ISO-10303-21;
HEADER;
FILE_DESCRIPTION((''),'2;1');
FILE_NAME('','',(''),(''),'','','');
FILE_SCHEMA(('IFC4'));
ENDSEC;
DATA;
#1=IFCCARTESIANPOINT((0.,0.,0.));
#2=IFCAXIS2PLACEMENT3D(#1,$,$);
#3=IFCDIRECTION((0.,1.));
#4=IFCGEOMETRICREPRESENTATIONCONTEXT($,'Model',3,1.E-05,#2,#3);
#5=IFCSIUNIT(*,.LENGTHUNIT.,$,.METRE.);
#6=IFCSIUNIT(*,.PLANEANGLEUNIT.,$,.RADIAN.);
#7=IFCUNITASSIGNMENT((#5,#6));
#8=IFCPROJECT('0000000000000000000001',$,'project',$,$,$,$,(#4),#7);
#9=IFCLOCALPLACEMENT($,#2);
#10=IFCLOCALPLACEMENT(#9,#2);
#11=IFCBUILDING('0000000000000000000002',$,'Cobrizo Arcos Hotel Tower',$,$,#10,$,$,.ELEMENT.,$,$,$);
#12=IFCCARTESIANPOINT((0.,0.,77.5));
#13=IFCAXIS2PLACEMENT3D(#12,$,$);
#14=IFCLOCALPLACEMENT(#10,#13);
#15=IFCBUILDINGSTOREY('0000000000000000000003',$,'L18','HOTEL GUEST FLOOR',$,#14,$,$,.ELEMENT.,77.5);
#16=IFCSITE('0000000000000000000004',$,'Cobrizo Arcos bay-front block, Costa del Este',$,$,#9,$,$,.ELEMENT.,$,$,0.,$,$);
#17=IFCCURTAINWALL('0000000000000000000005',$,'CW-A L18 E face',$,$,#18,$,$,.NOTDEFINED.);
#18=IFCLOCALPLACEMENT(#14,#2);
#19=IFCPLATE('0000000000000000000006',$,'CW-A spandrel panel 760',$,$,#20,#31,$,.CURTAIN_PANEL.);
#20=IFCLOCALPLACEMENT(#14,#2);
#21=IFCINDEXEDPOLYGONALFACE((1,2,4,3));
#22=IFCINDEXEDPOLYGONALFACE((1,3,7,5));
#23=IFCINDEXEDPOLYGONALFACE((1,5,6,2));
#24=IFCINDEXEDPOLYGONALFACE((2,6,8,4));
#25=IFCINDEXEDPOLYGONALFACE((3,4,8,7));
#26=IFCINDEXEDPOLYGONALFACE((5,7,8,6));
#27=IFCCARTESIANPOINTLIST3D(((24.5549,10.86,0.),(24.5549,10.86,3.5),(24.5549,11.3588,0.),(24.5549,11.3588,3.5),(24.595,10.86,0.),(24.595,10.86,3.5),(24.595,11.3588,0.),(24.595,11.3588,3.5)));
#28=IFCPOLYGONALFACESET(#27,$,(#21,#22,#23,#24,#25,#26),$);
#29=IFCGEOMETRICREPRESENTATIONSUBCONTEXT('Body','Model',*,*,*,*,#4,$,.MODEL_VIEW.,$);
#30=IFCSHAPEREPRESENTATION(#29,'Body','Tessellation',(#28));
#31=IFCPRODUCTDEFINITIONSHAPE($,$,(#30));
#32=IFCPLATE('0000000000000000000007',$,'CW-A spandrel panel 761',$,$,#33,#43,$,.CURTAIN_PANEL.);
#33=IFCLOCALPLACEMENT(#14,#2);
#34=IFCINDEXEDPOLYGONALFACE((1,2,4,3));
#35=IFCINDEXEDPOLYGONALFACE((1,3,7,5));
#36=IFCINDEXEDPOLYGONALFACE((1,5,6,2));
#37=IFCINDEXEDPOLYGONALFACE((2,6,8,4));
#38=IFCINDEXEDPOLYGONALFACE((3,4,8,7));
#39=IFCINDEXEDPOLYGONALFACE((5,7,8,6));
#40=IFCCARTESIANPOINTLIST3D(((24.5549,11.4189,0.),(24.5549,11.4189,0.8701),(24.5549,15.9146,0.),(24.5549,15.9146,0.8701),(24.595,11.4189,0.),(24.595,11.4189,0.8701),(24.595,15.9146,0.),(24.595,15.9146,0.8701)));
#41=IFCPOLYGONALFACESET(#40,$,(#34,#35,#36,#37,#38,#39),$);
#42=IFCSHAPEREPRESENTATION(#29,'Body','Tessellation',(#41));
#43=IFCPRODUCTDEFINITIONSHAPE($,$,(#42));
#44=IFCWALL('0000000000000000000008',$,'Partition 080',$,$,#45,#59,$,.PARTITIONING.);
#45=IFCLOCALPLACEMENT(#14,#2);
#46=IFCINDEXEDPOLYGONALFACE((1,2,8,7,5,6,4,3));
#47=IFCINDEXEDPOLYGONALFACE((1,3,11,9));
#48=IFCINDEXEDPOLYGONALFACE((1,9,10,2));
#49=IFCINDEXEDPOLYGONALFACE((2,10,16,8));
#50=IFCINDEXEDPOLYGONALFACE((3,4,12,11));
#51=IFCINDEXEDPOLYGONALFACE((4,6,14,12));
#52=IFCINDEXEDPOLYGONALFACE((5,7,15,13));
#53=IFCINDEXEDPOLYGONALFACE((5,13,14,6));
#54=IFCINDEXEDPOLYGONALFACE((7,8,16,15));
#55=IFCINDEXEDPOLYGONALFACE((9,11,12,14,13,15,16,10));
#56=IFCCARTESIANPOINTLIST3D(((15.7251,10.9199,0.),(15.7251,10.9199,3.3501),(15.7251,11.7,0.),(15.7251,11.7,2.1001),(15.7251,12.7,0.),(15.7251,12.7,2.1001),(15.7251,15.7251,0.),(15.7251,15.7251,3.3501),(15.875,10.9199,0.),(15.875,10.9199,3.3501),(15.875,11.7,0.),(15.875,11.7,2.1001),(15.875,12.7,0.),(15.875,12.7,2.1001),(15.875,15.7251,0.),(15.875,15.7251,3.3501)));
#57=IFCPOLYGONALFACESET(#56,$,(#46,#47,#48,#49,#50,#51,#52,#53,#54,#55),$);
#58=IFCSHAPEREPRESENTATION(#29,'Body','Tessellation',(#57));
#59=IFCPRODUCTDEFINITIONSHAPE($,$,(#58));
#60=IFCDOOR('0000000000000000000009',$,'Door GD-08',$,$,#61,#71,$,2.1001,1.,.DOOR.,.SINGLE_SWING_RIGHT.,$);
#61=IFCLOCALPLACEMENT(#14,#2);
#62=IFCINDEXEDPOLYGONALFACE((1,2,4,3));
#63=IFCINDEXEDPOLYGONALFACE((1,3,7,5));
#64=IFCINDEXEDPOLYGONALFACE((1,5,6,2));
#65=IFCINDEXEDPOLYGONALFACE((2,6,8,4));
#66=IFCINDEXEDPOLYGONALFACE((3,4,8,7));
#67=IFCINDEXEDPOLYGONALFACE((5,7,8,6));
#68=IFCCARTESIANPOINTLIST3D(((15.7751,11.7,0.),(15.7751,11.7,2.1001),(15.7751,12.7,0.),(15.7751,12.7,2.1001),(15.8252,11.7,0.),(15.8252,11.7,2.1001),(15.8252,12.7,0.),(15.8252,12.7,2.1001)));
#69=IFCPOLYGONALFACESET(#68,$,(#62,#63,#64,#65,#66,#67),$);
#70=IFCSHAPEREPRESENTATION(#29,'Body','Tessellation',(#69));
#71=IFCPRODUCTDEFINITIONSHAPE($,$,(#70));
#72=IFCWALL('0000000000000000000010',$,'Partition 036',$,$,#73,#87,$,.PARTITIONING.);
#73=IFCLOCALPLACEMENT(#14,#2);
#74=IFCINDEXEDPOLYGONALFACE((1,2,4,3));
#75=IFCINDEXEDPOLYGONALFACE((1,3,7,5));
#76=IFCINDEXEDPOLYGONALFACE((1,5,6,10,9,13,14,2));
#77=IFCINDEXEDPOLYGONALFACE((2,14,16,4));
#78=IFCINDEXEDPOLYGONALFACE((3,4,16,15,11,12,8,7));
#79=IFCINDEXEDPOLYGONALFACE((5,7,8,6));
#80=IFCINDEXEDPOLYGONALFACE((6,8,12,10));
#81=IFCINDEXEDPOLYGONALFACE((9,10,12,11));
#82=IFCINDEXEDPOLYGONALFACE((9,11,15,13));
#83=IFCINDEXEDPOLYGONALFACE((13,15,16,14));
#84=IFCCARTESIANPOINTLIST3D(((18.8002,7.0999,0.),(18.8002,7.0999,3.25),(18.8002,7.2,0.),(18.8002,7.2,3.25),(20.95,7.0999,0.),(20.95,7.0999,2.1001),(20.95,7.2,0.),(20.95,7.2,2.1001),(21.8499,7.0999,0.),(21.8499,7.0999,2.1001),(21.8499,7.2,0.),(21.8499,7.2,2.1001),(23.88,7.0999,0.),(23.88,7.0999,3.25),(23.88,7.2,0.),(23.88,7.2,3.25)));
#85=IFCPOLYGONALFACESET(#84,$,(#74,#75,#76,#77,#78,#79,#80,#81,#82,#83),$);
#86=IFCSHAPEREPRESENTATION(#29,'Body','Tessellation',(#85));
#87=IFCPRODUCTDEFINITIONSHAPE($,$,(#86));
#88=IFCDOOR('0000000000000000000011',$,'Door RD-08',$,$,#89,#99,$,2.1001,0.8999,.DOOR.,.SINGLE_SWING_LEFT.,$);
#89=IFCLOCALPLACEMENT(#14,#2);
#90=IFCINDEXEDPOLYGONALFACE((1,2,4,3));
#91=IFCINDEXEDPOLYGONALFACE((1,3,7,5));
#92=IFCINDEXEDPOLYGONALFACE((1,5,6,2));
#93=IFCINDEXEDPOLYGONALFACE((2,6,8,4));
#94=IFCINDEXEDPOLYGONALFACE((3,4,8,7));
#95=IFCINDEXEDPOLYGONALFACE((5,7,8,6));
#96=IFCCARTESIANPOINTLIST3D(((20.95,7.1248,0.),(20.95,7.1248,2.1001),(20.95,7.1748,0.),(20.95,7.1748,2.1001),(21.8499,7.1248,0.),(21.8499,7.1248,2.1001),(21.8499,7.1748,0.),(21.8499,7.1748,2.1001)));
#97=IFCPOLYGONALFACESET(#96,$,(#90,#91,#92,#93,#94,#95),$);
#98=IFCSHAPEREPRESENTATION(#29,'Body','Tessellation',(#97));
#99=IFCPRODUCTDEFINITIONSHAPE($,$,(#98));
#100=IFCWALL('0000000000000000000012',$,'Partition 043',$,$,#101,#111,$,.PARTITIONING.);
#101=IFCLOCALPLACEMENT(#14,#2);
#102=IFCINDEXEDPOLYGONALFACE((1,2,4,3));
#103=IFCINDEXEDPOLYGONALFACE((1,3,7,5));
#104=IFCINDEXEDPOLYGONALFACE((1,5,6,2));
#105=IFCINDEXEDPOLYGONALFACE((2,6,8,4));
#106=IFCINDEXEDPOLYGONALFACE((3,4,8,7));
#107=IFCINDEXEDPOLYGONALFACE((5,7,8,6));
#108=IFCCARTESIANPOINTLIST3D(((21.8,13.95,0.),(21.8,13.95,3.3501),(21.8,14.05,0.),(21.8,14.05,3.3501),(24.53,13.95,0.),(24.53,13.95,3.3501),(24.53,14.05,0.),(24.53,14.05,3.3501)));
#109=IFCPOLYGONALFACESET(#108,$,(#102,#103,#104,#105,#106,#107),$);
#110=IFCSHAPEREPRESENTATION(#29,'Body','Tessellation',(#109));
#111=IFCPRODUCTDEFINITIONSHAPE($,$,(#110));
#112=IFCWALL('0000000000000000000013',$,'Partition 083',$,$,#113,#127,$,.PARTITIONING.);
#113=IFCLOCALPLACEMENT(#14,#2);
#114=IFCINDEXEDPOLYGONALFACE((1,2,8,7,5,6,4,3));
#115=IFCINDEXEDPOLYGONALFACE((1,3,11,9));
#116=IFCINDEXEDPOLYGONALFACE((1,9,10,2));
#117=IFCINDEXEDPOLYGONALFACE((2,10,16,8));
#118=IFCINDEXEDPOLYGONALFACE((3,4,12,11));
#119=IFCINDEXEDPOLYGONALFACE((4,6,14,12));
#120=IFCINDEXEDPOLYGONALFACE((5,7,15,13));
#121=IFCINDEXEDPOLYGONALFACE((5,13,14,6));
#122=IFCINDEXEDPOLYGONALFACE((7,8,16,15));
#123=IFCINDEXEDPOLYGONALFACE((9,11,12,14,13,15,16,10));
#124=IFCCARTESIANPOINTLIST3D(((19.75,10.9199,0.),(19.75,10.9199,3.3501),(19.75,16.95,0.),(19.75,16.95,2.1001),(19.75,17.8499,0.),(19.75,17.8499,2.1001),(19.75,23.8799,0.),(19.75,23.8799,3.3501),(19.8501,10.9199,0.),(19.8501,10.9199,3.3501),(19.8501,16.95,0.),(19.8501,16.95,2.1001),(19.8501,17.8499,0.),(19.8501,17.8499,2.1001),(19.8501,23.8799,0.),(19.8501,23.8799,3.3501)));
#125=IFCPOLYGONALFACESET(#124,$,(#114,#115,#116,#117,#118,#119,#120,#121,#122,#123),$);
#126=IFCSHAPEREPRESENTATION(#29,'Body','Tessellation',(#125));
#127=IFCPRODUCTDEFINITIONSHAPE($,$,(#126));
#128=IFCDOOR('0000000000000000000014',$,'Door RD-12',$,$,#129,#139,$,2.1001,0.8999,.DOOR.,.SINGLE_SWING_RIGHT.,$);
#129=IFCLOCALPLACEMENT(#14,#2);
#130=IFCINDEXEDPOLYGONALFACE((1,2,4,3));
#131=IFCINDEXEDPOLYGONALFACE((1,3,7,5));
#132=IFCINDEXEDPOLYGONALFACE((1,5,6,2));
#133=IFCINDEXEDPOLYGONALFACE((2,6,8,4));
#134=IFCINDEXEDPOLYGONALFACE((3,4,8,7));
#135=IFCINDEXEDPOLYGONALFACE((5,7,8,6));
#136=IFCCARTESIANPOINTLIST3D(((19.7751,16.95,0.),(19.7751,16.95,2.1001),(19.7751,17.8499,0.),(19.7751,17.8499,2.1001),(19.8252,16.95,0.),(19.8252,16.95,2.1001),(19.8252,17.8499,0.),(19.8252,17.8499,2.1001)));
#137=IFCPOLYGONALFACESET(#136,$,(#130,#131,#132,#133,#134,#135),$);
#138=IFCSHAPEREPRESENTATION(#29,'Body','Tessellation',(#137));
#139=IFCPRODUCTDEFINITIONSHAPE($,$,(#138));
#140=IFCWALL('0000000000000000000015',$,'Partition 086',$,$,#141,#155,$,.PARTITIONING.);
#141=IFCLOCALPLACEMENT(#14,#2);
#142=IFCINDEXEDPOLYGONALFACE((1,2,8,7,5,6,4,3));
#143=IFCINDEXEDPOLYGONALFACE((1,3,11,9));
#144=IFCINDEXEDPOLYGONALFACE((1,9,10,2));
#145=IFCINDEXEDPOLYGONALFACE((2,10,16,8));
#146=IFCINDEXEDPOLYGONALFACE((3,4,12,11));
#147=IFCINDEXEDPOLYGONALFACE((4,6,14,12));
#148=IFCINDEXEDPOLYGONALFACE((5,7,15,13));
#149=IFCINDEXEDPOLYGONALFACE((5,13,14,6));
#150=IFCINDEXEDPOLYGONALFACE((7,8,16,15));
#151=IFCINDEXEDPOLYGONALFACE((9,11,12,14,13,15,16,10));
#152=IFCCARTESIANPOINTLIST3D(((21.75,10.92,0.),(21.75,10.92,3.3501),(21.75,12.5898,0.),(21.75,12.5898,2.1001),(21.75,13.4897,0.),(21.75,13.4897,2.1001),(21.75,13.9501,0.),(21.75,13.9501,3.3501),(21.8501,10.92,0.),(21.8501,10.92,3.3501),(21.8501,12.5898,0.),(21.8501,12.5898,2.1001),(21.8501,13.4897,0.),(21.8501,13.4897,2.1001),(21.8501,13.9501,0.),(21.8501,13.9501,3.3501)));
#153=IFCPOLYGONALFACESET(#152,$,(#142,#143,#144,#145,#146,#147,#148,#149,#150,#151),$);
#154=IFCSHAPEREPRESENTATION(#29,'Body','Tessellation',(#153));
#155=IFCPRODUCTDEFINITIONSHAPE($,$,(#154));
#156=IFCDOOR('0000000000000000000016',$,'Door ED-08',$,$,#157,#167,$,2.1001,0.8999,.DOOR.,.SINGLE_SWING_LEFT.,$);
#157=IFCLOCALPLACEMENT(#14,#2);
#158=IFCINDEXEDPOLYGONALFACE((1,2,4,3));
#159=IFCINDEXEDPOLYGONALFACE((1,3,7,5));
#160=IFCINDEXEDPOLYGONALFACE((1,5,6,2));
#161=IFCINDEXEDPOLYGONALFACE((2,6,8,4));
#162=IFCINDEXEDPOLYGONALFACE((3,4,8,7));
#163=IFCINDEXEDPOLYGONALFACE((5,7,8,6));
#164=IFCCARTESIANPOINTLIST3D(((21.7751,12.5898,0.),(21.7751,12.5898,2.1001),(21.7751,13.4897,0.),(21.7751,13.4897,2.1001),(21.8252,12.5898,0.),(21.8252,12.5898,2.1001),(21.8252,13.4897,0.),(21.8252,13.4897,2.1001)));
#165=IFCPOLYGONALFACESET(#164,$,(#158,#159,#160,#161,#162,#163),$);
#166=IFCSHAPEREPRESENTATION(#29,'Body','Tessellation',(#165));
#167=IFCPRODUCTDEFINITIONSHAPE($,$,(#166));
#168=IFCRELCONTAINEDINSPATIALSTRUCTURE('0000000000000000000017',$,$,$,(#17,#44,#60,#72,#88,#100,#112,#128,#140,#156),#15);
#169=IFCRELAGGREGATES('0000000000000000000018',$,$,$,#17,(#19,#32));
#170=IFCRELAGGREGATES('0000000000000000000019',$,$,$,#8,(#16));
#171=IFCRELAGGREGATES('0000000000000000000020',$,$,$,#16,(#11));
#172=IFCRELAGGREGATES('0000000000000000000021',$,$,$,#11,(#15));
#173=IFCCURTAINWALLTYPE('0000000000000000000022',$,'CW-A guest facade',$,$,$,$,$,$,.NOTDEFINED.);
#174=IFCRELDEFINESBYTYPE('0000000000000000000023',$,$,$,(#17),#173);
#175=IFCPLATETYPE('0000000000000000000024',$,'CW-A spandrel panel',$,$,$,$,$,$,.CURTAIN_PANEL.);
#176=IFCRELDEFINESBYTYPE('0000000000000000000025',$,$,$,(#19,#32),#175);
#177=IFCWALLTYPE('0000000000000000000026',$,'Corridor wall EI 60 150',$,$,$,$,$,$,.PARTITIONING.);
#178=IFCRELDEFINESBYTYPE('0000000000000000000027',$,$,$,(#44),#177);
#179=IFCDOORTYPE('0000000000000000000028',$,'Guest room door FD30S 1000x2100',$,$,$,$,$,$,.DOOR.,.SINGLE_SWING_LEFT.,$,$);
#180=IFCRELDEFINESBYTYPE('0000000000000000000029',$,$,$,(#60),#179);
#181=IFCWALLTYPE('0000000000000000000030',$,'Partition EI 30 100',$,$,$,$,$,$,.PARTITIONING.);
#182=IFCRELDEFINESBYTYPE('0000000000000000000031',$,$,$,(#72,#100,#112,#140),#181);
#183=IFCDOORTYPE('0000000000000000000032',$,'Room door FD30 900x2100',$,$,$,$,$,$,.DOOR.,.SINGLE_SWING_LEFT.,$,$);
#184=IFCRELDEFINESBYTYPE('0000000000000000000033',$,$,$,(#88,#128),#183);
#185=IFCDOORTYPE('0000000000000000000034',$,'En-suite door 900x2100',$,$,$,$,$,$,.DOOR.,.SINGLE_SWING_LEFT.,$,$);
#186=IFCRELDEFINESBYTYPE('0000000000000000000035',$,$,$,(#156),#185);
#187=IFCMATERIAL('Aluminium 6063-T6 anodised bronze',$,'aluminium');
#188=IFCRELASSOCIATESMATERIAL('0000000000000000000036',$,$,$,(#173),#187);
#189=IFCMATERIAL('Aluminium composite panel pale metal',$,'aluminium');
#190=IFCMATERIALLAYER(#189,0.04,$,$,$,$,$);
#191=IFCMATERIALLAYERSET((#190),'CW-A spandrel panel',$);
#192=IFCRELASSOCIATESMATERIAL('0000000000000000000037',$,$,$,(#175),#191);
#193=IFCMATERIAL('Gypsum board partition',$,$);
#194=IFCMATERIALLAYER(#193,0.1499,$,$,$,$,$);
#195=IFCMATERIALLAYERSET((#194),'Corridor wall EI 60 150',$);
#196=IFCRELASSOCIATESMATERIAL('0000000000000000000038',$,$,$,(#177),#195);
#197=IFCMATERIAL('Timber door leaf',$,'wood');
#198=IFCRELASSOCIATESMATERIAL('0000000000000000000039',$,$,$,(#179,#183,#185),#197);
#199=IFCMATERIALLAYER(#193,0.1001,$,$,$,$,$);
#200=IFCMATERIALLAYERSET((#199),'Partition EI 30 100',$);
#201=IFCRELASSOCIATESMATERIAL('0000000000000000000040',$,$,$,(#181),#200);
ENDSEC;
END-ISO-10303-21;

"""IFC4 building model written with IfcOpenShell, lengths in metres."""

from ifc_helpers import new_model, si_unit, direction, frame, frame_2d, origin, origin_2d, place, context, subcontext, project, spatial, rectangle, extrude, material, layer, layer_set, type_object, element, fill, aggregate, save


model = new_model("IFC4")

# Units and contexts
model_context = context("Model", 3, precision=1e-05, world=origin(), true_north=direction((0.0, 1.0)))
body_context = subcontext(model_context, "Body", "Model", "MODEL_VIEW")
ifc_project = project(units=[si_unit("LENGTHUNIT", "METRE"), si_unit("PLANEANGLEUNIT", "RADIAN")], contexts=[model_context])

# Site, building, storey
site_placement = place(None, origin())
site = spatial("IfcSite", under=ifc_project, at=site_placement, Name="Cobrizo Arcos bay-front block, Costa del Este", CompositionType="ELEMENT", RefElevation=0.0)
building_placement = place(site_placement, origin())
building = spatial("IfcBuilding", under=site, at=building_placement, Name="Cobrizo Arcos Hotel Tower", CompositionType="ELEMENT")
storey_placement = place(building_placement, frame((0.0, 0.0, 77.5)))
storey = spatial("IfcBuildingStorey", under=building, at=storey_placement, Name="L18", Description="HOTEL GUEST FLOOR", CompositionType="ELEMENT", Elevation=77.5)

# Curtain wall
ifc_material_1 = material(Name="Aluminium 6063-T6 anodised bronze", Category="aluminium")
curtain_wall_type = type_object("IfcCurtainWallType", Name="CW-A guest facade", PredefinedType="NOTDEFINED", material=ifc_material_1)
curtain_wall_placement = place(storey_placement, origin())
curtain_wall = element("IfcCurtainWall", 1, at=curtain_wall_placement, inside=storey, type_object=curtain_wall_type, Name="CW-A L18 E face", PredefinedType="NOTDEFINED")

# Plates
ifc_material_2 = material(Name="Aluminium composite panel pale metal", Category="aluminium")
ifc_layer_1 = layer(ifc_material_2, 0.04)
ifc_layer_set_1 = layer_set([ifc_layer_1], Name="CW-A spandrel panel")
plate_type_1 = type_object("IfcPlateType", Name="CW-A spandrel panel", PredefinedType="CURTAIN_PANEL", material=ifc_layer_set_1)
plate_1_placement = place(storey_placement, frame((24.575, 11.1094, 0.0), z_axis=(0.0, 0.0, 1.0), x_axis=(0.0, 1.0, 0.0)))
plate_1 = element("IfcPlate", 2, at=plate_1_placement, type_object=plate_type_1, Name="CW-A spandrel panel 760", PredefinedType="CURTAIN_PANEL", context=body_context, shape_type="SweptSolid", body=[
    extrude(rectangle(XDim=0.4988, YDim=0.04, at=origin_2d()), origin(), (0.0, 0.0, 1.0), 3.5),
])
plate_2_placement = place(storey_placement, frame((24.575, 13.6667, 0.0), z_axis=(0.0, 0.0, 1.0), x_axis=(0.0, 1.0, 0.0)))
plate_2 = element("IfcPlate", 3, at=plate_2_placement, type_object=plate_type_1, Name="CW-A spandrel panel 761", PredefinedType="CURTAIN_PANEL", context=body_context, shape_type="SweptSolid", body=[
    extrude(rectangle(XDim=4.4956, YDim=0.04, at=origin_2d()), origin(), (0.0, 0.0, 1.0), 0.8701),
])
aggregate(curtain_wall, [plate_1, plate_2])

# Walls, openings, doors
ifc_material_3 = material(Name="Gypsum board partition")
ifc_layer_2 = layer(ifc_material_3, 0.1499)
ifc_layer_set_2 = layer_set([ifc_layer_2], Name="Corridor wall EI 60 150")
wall_type_1 = type_object("IfcWallType", Name="Corridor wall EI 60 150", PredefinedType="PARTITIONING", material=ifc_layer_set_2)
wall_1_placement = place(storey_placement, frame((15.8, 10.9199, 0.0), z_axis=(0.0, 0.0, 1.0), x_axis=(0.0, 1.0, 0.0)))
wall_1 = element("IfcWall", 4, at=wall_1_placement, inside=storey, type_object=wall_type_1, Name="Partition 080", PredefinedType="PARTITIONING", context=body_context, shape_type="SweptSolid", body=[
    extrude(rectangle(XDim=4.8052, YDim=0.1499, at=frame_2d((2.4026, 0.0))), origin(), (0.0, 0.0, 1.0), 3.3501),
])
opening_1_placement = place(wall_1_placement, frame((0.78, 0.0, 0.0)))
opening_1 = element("IfcOpeningElement", 5, at=opening_1_placement, cuts=wall_1, PredefinedType="OPENING", context=body_context, shape_type="SweptSolid", body=[
    extrude(rectangle(XDim=1.0, YDim=2.1001, at=frame_2d((0.5, 1.05))), frame((0.0, 0.0869, 0.0), z_axis=(0.0, -1.0, 0.0), x_axis=(1.0, 0.0, 0.0)), (0.0, 0.0, 1.0), 0.1738),
])
ifc_material_4 = material(Name="Timber door leaf", Category="wood")
door_type_1 = type_object("IfcDoorType", Name="Guest room door FD30S 1000x2100", OperationType="SINGLE_SWING_LEFT", PredefinedType="DOOR", material=ifc_material_4)
door_1_placement = place(opening_1_placement, origin())
door_1 = element("IfcDoor", 6, at=door_1_placement, inside=storey, type_object=door_type_1, Name="Door GD-08", OperationType="SINGLE_SWING_RIGHT", OverallHeight=2.1001, OverallWidth=1.0, PredefinedType="DOOR", context=body_context, shape_type="SweptSolid", body=[
    extrude(rectangle(XDim=1.0, YDim=2.1001, at=frame_2d((0.5, 1.05))), frame((0.0, 0.0249, 0.0), z_axis=(0.0, -1.0, 0.0), x_axis=(1.0, 0.0, 0.0)), (0.0, 0.0, 1.0), 0.05),
])
fill(opening_1, door_1)
ifc_layer_3 = layer(ifc_material_3, 0.1001)
ifc_layer_set_3 = layer_set([ifc_layer_3], Name="Partition EI 30 100")
wall_type_2 = type_object("IfcWallType", Name="Partition EI 30 100", PredefinedType="PARTITIONING", material=ifc_layer_set_3)
wall_2_placement = place(storey_placement, frame((18.8, 7.1499, 0.0), z_axis=(0.0, 0.0, 1.0), x_axis=(1.0, 0.0, 0.0)))
wall_2 = element("IfcWall", 7, at=wall_2_placement, inside=storey, type_object=wall_type_2, Name="Partition 036", PredefinedType="PARTITIONING", context=body_context, shape_type="SweptSolid", body=[
    extrude(rectangle(XDim=5.0798, YDim=0.1001, at=frame_2d((2.54, 0.0))), origin(), (0.0, 0.0, 1.0), 3.25),
])
opening_2_placement = place(wall_2_placement, frame((2.1499, 0.0, 0.0)))
opening_2 = element("IfcOpeningElement", 8, at=opening_2_placement, cuts=wall_2, PredefinedType="OPENING", context=body_context, shape_type="SweptSolid", body=[
    extrude(rectangle(XDim=0.8999, YDim=2.1001, at=frame_2d((0.45, 1.05))), frame((0.0, 0.062, 0.0), z_axis=(0.0, -1.0, 0.0), x_axis=(1.0, 0.0, 0.0)), (0.0, 0.0, 1.0), 0.124),
])
door_type_2 = type_object("IfcDoorType", Name="Room door FD30 900x2100", OperationType="SINGLE_SWING_LEFT", PredefinedType="DOOR", material=ifc_material_4)
door_2_placement = place(opening_2_placement, origin())
door_2 = element("IfcDoor", 9, at=door_2_placement, inside=storey, type_object=door_type_2, Name="Door RD-08", OperationType="SINGLE_SWING_LEFT", OverallHeight=2.1001, OverallWidth=0.8999, PredefinedType="DOOR", context=body_context, shape_type="SweptSolid", body=[
    extrude(rectangle(XDim=0.8999, YDim=2.1001, at=frame_2d((0.45, 1.05))), frame((0.0, 0.0249, 0.0), z_axis=(0.0, -1.0, 0.0), x_axis=(1.0, 0.0, 0.0)), (0.0, 0.0, 1.0), 0.05),
])
fill(opening_2, door_2)

# Wall
wall_3_placement = place(storey_placement, frame((21.8, 14.0, 0.0), z_axis=(0.0, 0.0, 1.0), x_axis=(1.0, 0.0, 0.0)))
element("IfcWall", 10, at=wall_3_placement, inside=storey, type_object=wall_type_2, Name="Partition 043", PredefinedType="PARTITIONING", context=body_context, shape_type="SweptSolid", body=[
    extrude(rectangle(XDim=2.73, YDim=0.1001, at=frame_2d((1.365, 0.0))), origin(), (0.0, 0.0, 1.0), 3.3501),
])

# Walls, openings, doors
wall_4_placement = place(storey_placement, frame((19.8, 10.9199, 0.0), z_axis=(0.0, 0.0, 1.0), x_axis=(0.0, 1.0, 0.0)))
wall_4 = element("IfcWall", 11, at=wall_4_placement, inside=storey, type_object=wall_type_2, Name="Partition 083", PredefinedType="PARTITIONING", context=body_context, shape_type="SweptSolid", body=[
    extrude(rectangle(XDim=12.96, YDim=0.1001, at=frame_2d((6.48, 0.0))), origin(), (0.0, 0.0, 1.0), 3.3501),
])
opening_3_placement = place(wall_4_placement, frame((6.03, 0.0, 0.0)))
opening_3 = element("IfcOpeningElement", 12, at=opening_3_placement, cuts=wall_4, PredefinedType="OPENING", context=body_context, shape_type="SweptSolid", body=[
    extrude(rectangle(XDim=0.8999, YDim=2.1001, at=frame_2d((0.45, 1.05))), frame((0.0, 0.062, 0.0), z_axis=(0.0, -1.0, 0.0), x_axis=(1.0, 0.0, 0.0)), (0.0, 0.0, 1.0), 0.124),
])
door_3_placement = place(opening_3_placement, origin())
door_3 = element("IfcDoor", 13, at=door_3_placement, inside=storey, type_object=door_type_2, Name="Door RD-12", OperationType="SINGLE_SWING_RIGHT", OverallHeight=2.1001, OverallWidth=0.8999, PredefinedType="DOOR", context=body_context, shape_type="SweptSolid", body=[
    extrude(rectangle(XDim=0.8999, YDim=2.1001, at=frame_2d((0.45, 1.05))), frame((0.0, 0.0249, 0.0), z_axis=(0.0, -1.0, 0.0), x_axis=(1.0, 0.0, 0.0)), (0.0, 0.0, 1.0), 0.05),
])
fill(opening_3, door_3)
wall_5_placement = place(storey_placement, frame((21.8, 10.9199, 0.0), z_axis=(0.0, 0.0, 1.0), x_axis=(0.0, 1.0, 0.0)))
wall_5 = element("IfcWall", 14, at=wall_5_placement, inside=storey, type_object=wall_type_2, Name="Partition 086", PredefinedType="PARTITIONING", context=body_context, shape_type="SweptSolid", body=[
    extrude(rectangle(XDim=3.03, YDim=0.1001, at=frame_2d((1.5151, 0.0))), origin(), (0.0, 0.0, 1.0), 3.3501),
])
opening_4_placement = place(wall_5_placement, frame((1.6699, 0.0, 0.0)))
opening_4 = element("IfcOpeningElement", 15, at=opening_4_placement, cuts=wall_5, PredefinedType="OPENING", context=body_context, shape_type="SweptSolid", body=[
    extrude(rectangle(XDim=0.8999, YDim=2.1001, at=frame_2d((0.45, 1.05))), frame((0.0, 0.062, 0.0), z_axis=(0.0, -1.0, 0.0), x_axis=(1.0, 0.0, 0.0)), (0.0, 0.0, 1.0), 0.124),
])
door_type_3 = type_object("IfcDoorType", Name="En-suite door 900x2100", OperationType="SINGLE_SWING_LEFT", PredefinedType="DOOR", material=ifc_material_4)
door_4_placement = place(opening_4_placement, origin())
door_4 = element("IfcDoor", 16, at=door_4_placement, inside=storey, type_object=door_type_3, Name="Door ED-08", OperationType="SINGLE_SWING_LEFT", OverallHeight=2.1001, OverallWidth=0.8999, PredefinedType="DOOR", context=body_context, shape_type="SweptSolid", body=[
    extrude(rectangle(XDim=0.8999, YDim=2.1001, at=frame_2d((0.45, 1.05))), frame((0.0, 0.0249, 0.0), z_axis=(0.0, -1.0, 0.0), x_axis=(1.0, 0.0, 0.0)), (0.0, 0.0, 1.0), 0.05),
])
fill(opening_4, door_4)

save(model, "model.ifc")
